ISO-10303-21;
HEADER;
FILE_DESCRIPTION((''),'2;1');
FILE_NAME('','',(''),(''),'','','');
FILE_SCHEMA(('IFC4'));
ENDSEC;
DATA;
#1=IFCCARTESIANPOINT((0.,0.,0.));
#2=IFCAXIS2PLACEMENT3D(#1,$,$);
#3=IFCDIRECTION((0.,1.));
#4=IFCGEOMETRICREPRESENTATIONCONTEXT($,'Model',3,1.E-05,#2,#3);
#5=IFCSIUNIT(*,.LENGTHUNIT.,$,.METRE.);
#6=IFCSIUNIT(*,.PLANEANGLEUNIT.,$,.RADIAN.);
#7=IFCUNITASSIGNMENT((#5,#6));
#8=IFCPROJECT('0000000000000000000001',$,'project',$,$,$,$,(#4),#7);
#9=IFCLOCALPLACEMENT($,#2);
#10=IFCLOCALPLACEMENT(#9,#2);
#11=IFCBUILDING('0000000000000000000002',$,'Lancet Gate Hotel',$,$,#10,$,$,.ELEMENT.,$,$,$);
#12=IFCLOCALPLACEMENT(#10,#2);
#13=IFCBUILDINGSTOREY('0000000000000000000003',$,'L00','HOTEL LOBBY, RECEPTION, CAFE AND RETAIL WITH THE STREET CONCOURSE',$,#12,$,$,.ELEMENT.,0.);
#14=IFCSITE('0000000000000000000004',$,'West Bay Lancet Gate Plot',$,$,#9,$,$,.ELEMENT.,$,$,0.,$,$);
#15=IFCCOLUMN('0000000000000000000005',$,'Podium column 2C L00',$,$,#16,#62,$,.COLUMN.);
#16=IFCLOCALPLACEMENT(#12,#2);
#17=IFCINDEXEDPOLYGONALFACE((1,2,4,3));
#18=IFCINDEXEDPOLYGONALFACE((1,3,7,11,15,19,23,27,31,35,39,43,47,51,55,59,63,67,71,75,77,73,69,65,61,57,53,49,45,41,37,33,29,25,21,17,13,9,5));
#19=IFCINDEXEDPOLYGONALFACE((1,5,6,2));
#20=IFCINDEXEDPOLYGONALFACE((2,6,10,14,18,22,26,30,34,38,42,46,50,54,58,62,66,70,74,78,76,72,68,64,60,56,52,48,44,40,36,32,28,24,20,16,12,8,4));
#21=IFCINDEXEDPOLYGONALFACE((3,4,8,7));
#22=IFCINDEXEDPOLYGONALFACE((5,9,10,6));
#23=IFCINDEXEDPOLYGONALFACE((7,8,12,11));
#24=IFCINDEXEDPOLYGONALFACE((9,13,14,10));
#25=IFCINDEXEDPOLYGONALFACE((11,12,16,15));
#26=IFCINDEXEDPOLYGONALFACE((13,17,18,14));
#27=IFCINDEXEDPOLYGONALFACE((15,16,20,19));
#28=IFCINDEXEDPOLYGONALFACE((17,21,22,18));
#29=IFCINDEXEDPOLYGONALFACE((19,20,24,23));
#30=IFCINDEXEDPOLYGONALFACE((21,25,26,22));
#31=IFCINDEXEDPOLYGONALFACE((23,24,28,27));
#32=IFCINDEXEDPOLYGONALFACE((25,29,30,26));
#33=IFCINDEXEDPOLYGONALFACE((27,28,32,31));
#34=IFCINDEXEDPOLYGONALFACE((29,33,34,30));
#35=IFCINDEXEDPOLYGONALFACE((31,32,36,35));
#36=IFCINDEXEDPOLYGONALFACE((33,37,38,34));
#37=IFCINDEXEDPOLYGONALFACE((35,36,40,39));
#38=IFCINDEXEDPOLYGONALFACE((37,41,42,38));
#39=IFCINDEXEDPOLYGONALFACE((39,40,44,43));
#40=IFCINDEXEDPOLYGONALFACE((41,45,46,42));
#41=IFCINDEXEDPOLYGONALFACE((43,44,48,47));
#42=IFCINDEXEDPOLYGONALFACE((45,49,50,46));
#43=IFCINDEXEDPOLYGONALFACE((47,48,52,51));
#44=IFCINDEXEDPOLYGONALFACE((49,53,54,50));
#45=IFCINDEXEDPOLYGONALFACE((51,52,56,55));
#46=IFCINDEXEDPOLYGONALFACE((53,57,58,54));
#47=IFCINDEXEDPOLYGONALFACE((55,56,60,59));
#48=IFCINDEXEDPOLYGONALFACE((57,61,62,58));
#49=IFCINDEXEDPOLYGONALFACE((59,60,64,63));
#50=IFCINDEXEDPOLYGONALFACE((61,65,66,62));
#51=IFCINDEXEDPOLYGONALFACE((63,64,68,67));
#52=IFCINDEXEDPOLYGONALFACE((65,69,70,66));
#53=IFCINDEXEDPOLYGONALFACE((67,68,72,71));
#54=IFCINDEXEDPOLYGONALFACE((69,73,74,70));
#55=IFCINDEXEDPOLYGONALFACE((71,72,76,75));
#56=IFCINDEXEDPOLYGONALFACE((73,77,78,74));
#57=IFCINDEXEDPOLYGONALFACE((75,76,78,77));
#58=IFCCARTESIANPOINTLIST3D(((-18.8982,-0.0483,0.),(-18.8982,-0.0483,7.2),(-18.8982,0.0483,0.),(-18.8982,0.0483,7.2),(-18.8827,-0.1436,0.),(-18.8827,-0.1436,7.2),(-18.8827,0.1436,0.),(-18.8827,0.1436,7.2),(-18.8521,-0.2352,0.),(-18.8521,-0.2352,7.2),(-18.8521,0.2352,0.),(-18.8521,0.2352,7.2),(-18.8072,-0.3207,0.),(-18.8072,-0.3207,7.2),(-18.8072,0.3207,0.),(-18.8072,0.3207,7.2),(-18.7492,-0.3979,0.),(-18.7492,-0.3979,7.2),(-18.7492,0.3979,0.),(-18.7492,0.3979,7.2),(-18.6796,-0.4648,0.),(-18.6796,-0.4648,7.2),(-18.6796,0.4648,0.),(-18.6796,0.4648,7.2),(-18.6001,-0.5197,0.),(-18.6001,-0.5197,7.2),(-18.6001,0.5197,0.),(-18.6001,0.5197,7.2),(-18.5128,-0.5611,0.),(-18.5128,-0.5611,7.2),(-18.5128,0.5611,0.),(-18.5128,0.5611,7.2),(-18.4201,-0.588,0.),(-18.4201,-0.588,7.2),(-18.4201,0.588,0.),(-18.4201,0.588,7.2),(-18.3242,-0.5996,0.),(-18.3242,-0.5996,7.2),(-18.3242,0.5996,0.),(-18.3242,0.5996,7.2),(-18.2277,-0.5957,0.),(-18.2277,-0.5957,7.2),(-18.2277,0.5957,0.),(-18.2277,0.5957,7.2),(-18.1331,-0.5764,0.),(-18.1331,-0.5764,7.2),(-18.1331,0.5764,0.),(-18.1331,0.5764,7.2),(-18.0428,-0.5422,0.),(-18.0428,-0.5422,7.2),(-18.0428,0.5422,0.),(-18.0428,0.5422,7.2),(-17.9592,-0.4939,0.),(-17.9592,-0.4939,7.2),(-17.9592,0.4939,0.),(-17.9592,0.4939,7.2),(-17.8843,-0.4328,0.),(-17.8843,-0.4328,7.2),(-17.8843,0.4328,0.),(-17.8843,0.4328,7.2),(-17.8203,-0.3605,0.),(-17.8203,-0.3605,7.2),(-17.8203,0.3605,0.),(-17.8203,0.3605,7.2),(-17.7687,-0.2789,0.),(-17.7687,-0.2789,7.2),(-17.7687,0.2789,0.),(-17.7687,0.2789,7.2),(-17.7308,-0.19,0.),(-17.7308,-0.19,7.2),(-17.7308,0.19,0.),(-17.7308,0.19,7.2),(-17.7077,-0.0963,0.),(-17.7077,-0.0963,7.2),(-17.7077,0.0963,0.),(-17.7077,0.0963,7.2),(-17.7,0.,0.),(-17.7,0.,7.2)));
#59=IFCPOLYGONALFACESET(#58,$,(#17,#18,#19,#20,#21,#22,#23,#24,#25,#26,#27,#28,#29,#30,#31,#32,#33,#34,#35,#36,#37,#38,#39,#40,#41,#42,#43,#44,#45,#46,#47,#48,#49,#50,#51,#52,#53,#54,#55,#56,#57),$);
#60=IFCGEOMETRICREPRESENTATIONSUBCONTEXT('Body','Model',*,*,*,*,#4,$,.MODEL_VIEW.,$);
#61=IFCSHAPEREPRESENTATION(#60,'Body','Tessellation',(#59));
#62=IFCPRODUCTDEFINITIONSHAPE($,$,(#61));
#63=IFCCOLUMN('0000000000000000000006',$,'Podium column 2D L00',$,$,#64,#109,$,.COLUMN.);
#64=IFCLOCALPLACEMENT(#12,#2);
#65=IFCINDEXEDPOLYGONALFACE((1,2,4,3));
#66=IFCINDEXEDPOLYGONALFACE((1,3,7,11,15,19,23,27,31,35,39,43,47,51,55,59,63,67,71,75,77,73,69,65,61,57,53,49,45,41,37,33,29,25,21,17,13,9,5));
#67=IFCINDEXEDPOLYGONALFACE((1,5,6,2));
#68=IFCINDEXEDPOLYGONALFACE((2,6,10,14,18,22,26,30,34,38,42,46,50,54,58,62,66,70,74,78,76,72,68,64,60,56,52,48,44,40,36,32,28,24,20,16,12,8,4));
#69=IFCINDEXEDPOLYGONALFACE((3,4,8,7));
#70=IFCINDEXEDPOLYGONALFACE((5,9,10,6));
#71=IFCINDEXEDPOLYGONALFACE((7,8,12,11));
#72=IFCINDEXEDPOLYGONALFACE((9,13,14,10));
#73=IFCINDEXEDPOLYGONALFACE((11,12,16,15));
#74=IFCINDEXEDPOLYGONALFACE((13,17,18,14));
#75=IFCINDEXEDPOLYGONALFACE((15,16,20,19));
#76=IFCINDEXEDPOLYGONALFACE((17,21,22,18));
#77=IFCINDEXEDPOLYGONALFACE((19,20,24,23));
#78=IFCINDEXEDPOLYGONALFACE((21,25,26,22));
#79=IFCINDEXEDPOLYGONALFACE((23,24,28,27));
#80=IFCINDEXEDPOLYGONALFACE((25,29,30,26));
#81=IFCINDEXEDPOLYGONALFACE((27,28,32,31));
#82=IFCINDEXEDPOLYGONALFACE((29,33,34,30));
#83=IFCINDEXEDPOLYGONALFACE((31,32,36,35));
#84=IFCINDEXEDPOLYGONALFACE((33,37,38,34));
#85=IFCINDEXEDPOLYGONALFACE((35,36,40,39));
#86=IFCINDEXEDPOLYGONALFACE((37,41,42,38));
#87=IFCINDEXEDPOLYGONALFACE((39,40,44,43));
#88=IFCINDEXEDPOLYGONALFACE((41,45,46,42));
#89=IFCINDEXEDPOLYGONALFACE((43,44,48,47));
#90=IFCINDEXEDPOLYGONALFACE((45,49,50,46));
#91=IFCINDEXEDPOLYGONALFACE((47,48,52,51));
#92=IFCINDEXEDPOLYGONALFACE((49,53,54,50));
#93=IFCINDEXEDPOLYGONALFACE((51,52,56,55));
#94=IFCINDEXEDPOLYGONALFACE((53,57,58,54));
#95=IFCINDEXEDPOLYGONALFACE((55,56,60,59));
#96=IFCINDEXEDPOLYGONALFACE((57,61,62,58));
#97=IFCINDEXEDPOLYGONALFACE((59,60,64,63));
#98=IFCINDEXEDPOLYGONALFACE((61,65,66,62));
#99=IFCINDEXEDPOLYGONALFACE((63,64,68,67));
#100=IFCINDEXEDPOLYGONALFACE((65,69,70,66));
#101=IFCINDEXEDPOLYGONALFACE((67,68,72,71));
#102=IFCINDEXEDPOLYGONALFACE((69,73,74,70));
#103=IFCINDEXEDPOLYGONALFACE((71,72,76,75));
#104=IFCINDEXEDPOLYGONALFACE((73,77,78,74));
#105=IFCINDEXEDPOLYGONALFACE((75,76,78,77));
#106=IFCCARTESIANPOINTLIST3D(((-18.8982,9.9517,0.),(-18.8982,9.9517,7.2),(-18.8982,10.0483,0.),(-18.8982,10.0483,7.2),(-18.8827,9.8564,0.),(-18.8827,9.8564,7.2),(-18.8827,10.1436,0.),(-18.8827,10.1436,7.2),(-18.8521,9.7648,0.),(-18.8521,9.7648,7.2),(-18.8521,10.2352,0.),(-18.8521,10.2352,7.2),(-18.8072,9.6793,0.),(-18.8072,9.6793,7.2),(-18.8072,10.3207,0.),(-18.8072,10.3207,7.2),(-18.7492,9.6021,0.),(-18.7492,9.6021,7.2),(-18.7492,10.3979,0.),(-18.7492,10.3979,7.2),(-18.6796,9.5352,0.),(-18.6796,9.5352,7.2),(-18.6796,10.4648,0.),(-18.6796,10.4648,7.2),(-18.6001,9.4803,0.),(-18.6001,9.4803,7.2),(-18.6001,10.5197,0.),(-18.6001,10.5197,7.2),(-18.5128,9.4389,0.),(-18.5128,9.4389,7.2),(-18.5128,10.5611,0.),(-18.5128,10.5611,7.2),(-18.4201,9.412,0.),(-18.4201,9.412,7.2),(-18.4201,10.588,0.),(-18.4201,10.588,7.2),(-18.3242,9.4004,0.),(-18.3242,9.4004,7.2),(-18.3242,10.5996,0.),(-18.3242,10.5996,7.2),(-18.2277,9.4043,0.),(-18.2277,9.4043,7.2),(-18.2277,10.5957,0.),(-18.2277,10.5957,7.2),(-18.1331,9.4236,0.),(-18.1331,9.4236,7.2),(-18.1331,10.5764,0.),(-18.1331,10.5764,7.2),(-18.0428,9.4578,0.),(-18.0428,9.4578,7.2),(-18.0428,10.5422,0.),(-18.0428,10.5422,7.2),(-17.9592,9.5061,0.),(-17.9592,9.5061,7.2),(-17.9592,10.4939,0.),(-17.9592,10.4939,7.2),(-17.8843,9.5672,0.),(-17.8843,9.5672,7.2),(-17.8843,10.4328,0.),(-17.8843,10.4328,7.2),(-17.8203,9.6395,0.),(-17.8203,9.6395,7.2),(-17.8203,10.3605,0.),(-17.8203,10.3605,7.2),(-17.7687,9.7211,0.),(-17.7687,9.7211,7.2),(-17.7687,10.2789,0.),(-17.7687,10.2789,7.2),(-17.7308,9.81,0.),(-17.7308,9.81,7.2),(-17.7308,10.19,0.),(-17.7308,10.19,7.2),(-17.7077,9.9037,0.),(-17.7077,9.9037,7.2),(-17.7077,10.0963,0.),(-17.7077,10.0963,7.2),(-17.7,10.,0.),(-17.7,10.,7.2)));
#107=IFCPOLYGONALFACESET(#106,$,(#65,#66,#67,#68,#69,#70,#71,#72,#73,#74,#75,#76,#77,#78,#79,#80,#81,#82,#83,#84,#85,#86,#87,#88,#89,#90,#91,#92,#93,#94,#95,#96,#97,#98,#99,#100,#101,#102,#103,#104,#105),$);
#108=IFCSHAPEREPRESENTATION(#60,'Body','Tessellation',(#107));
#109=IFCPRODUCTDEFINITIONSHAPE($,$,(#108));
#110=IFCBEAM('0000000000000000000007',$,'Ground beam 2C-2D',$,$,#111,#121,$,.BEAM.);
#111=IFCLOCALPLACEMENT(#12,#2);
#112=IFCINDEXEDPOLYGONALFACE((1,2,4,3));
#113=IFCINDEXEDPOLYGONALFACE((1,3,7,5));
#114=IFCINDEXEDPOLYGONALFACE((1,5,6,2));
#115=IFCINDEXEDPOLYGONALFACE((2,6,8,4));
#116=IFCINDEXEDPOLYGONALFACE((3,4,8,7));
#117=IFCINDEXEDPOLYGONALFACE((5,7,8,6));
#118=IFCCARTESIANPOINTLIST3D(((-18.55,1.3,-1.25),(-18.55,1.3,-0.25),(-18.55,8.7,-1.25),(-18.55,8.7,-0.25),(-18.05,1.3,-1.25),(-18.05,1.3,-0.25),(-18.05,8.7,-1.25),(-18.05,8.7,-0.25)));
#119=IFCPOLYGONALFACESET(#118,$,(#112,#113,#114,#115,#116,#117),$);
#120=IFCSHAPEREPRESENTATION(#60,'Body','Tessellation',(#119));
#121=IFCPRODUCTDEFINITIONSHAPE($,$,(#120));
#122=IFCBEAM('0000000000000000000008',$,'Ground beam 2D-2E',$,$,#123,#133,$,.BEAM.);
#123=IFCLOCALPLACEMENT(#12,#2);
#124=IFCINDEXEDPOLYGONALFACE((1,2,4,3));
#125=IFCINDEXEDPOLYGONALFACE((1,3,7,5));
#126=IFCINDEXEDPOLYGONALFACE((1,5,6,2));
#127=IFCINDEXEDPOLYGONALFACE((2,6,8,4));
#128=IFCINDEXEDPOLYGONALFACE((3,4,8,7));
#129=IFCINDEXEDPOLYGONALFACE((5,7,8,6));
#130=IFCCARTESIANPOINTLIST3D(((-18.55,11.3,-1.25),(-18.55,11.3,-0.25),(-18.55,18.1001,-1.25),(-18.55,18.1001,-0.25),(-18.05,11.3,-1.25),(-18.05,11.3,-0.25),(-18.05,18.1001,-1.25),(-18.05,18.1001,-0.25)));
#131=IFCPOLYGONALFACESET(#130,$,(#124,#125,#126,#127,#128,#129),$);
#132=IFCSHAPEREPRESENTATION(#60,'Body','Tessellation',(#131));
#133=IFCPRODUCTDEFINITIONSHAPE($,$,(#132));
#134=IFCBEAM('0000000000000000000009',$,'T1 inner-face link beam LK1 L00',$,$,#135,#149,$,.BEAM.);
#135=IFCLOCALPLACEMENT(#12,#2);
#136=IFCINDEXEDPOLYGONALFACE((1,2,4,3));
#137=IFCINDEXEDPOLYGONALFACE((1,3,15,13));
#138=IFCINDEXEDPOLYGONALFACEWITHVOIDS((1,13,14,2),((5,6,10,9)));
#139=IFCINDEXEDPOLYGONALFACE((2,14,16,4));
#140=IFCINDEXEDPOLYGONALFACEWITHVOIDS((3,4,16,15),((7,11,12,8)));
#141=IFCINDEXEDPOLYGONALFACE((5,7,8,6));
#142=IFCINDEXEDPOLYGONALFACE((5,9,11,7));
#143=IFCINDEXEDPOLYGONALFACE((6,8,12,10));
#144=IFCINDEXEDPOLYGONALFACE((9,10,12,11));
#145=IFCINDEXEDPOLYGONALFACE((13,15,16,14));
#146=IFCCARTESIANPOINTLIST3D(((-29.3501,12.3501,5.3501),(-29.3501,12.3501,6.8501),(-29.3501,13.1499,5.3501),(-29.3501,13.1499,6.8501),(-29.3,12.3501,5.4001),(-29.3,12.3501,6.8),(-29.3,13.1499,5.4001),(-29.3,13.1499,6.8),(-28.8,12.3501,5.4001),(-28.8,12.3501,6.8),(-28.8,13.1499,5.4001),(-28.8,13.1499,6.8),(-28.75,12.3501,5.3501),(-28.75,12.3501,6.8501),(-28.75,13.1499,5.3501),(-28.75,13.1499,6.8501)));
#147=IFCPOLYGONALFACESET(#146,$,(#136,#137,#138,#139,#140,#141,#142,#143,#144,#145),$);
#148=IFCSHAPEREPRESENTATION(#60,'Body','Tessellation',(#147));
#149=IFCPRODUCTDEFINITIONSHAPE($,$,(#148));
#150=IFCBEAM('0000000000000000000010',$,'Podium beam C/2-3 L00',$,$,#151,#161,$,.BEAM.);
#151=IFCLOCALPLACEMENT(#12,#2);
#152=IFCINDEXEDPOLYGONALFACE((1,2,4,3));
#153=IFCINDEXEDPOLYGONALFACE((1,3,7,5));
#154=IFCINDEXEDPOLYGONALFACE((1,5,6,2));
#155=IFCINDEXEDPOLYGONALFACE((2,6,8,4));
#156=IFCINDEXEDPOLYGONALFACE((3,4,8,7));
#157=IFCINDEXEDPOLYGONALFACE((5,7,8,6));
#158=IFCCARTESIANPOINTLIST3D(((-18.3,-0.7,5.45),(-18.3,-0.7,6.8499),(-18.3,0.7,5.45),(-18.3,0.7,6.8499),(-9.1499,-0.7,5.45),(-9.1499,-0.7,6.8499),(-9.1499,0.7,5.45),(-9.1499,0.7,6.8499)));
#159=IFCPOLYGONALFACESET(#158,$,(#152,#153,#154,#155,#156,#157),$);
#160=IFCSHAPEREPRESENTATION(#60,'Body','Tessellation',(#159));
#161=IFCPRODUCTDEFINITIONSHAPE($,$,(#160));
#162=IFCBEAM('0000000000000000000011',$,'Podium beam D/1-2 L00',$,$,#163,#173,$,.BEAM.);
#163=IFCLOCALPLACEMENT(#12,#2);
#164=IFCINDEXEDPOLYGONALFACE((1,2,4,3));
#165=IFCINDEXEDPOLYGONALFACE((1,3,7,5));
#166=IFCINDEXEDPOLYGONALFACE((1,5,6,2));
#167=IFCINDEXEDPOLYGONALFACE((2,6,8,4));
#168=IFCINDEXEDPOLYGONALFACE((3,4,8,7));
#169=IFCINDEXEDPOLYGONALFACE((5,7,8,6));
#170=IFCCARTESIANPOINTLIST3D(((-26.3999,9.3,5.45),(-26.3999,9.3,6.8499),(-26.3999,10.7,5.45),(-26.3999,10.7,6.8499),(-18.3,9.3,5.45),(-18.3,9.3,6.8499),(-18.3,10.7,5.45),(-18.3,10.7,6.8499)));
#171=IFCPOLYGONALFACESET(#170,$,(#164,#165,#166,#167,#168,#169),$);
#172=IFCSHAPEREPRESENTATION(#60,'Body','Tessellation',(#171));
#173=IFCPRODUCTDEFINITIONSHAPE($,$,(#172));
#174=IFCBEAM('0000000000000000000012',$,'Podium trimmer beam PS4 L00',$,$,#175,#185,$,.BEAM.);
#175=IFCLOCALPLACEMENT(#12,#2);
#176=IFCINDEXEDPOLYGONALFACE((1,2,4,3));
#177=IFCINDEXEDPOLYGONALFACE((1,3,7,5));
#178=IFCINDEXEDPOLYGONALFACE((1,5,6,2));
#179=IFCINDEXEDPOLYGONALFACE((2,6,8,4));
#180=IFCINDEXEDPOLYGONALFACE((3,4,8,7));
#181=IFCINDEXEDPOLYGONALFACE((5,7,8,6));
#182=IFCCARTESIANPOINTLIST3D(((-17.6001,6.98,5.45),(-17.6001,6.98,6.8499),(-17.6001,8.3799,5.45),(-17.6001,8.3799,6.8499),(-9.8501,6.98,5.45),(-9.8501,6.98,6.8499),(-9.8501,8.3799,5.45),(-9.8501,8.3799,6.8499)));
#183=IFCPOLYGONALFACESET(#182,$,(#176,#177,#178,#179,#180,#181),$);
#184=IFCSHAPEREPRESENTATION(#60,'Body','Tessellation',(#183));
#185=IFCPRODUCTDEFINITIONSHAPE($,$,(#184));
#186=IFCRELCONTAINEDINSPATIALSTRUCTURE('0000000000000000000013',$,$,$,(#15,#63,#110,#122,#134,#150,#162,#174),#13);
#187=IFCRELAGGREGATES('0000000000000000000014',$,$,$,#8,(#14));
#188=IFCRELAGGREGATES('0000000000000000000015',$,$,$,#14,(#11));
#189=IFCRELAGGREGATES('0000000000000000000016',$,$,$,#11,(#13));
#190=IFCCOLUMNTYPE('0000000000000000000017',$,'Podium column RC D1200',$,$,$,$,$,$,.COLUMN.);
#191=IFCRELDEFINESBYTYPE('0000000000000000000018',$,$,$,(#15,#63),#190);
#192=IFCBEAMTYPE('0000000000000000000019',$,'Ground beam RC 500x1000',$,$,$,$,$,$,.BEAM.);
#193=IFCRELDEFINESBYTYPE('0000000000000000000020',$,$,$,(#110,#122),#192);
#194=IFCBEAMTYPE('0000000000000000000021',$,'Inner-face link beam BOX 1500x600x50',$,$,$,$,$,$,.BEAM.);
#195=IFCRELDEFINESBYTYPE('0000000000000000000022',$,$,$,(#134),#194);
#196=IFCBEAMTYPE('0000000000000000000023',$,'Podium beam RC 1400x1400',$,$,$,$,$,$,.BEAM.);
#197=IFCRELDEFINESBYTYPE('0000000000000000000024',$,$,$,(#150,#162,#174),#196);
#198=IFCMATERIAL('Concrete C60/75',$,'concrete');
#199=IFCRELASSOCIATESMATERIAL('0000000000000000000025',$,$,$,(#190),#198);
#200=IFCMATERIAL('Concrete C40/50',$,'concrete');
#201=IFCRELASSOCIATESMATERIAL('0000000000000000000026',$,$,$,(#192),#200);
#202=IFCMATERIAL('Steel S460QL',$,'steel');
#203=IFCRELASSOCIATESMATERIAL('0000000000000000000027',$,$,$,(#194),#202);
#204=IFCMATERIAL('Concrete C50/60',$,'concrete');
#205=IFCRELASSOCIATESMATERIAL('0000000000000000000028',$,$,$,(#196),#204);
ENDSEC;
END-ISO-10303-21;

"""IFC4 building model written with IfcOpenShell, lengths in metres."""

from ifc_helpers import new_model, si_unit, direction, frame, origin, origin_2d, place, context, subcontext, project, spatial, rectangle, hollow_rectangle, circle, extrude, material, material_profile, profile_set, type_object, element, save


model = new_model("IFC4")

# Units and contexts
model_context = context("Model", 3, precision=1e-05, world=origin(), true_north=direction((0.0, 1.0)))
body_context = subcontext(model_context, "Body", "Model", "MODEL_VIEW")
ifc_project = project(units=[si_unit("LENGTHUNIT", "METRE"), si_unit("PLANEANGLEUNIT", "RADIAN")], contexts=[model_context])

# Site, building, storey
site_placement = place(None, origin())
site = spatial("IfcSite", under=ifc_project, at=site_placement, Name="West Bay Lancet Gate Plot", CompositionType="ELEMENT", RefElevation=0.0)
building_placement = place(site_placement, origin())
building = spatial("IfcBuilding", under=site, at=building_placement, Name="Lancet Gate Hotel", CompositionType="ELEMENT")
storey_placement = place(building_placement, origin())
storey = spatial("IfcBuildingStorey", under=building, at=storey_placement, Name="L00", Description="HOTEL LOBBY, RECEPTION, CAFE AND RETAIL WITH THE STREET CONCOURSE", CompositionType="ELEMENT", Elevation=0.0)

# Columns
ifc_material_1 = material(Name="Concrete C60/75", Category="concrete")
ifc_material_profile_1 = material_profile(ifc_material_1, circle(Radius=0.6001, at=origin_2d()), Name="RC D1200")
ifc_profile_set_1 = profile_set([ifc_material_profile_1], Name="Concrete C60/75")
column_type_1 = type_object("IfcColumnType", Name="Podium column RC D1200", PredefinedType="COLUMN", material=ifc_profile_set_1)
for number, where, z_axis, x_axis, name in (
    (1, (-18.3, 0.0, 0.0), (0.0, 0.0, 1.0), (1.0, 0.0, 0.0), "Podium column 2C L00"),
    (2, (-18.3, 10.0, 0.0), (0.0, 0.0, 1.0), (1.0, 0.0, 0.0), "Podium column 2D L00"),
):
    element("IfcColumn", number, at=place(storey_placement, frame(where, z_axis=z_axis, x_axis=x_axis)), inside=storey, type_object=column_type_1, Name=name, PredefinedType="COLUMN", context=body_context, shape_type="SweptSolid", body=[
        extrude(circle(Radius=0.6001, at=origin_2d()), origin(), (0.0, 0.0, 1.0), 7.2),
    ])

# Beams
ifc_material_2 = material(Name="Concrete C40/50", Category="concrete")
ifc_material_profile_2 = material_profile(ifc_material_2, rectangle(XDim=0.5, YDim=1.0, at=origin_2d()), Name="RC 500x1000")
ifc_profile_set_2 = profile_set([ifc_material_profile_2], Name="Concrete C40/50")
beam_type_1 = type_object("IfcBeamType", Name="Ground beam RC 500x1000", PredefinedType="BEAM", material=ifc_profile_set_2)
beam_1_placement = place(storey_placement, frame((-18.3, 1.3, -0.75), z_axis=(0.0, 1.0, 0.0), x_axis=(-1.0, 0.0, 0.0)))
element("IfcBeam", 3, at=beam_1_placement, inside=storey, type_object=beam_type_1, Name="Ground beam 2C-2D", PredefinedType="BEAM", context=body_context, shape_type="SweptSolid", body=[
    extrude(rectangle(XDim=0.5, YDim=1.0, at=origin_2d()), origin(), (0.0, 0.0, 1.0), 7.3999),
])
beam_2_placement = place(storey_placement, frame((-18.3, 11.3, -0.75), z_axis=(0.0, 1.0, 0.0), x_axis=(-1.0, 0.0, 0.0)))
element("IfcBeam", 4, at=beam_2_placement, inside=storey, type_object=beam_type_1, Name="Ground beam 2D-2E", PredefinedType="BEAM", context=body_context, shape_type="SweptSolid", body=[
    extrude(rectangle(XDim=0.5, YDim=1.0, at=origin_2d()), origin(), (0.0, 0.0, 1.0), 6.8),
])
ifc_material_3 = material(Name="Steel S460QL", Category="steel")
ifc_material_profile_3 = material_profile(ifc_material_3, hollow_rectangle(XDim=0.6001, YDim=1.5, WallThickness=0.05, at=origin_2d()), Name="BOX 1500x600x50")
ifc_profile_set_3 = profile_set([ifc_material_profile_3], Name="Steel S460QL")
beam_type_2 = type_object("IfcBeamType", Name="Inner-face link beam BOX 1500x600x50", PredefinedType="BEAM", material=ifc_profile_set_3)
beam_3_placement = place(storey_placement, frame((-29.05, 13.1499, 6.1001), z_axis=(0.0, -1.0, 0.0), x_axis=(1.0, 0.0, 0.0)))
element("IfcBeam", 5, at=beam_3_placement, inside=storey, type_object=beam_type_2, Name="T1 inner-face link beam LK1 L00", PredefinedType="BEAM", context=body_context, shape_type="SweptSolid", body=[
    extrude(hollow_rectangle(XDim=0.6001, YDim=1.5, WallThickness=0.05, at=origin_2d()), origin(), (0.0, 0.0, 1.0), 0.7998),
])
ifc_material_4 = material(Name="Concrete C50/60", Category="concrete")
ifc_material_profile_4 = material_profile(ifc_material_4, rectangle(XDim=1.3999, YDim=1.3999, at=origin_2d()), Name="RC 1400x1400")
ifc_profile_set_4 = profile_set([ifc_material_profile_4], Name="Concrete C50/60")
beam_type_3 = type_object("IfcBeamType", Name="Podium beam RC 1400x1400", PredefinedType="BEAM", material=ifc_profile_set_4)
beam_4_placement = place(storey_placement, frame((-18.3, 0.0, 6.1499), z_axis=(1.0, 0.0, 0.0), x_axis=(0.0, 1.0, 0.0)))
element("IfcBeam", 6, at=beam_4_placement, inside=storey, type_object=beam_type_3, Name="Podium beam C/2-3 L00", PredefinedType="BEAM", context=body_context, shape_type="SweptSolid", body=[
    extrude(rectangle(XDim=1.3999, YDim=1.3999, at=origin_2d()), origin(), (0.0, 0.0, 1.0), 9.1501),
])
beam_5_placement = place(storey_placement, frame((-26.3999, 10.0, 6.1499), z_axis=(1.0, 0.0, 0.0), x_axis=(0.0, 1.0, 0.0)))
element("IfcBeam", 7, at=beam_5_placement, inside=storey, type_object=beam_type_3, Name="Podium beam D/1-2 L00", PredefinedType="BEAM", context=body_context, shape_type="SweptSolid", body=[
    extrude(rectangle(XDim=1.3999, YDim=1.3999, at=origin_2d()), origin(), (0.0, 0.0, 1.0), 8.0999),
])
beam_6_placement = place(storey_placement, frame((-17.6001, 7.6799, 6.1499), z_axis=(1.0, 0.0, 0.0), x_axis=(0.0, 1.0, 0.0)))
element("IfcBeam", 8, at=beam_6_placement, inside=storey, type_object=beam_type_3, Name="Podium trimmer beam PS4 L00", PredefinedType="BEAM", context=body_context, shape_type="SweptSolid", body=[
    extrude(rectangle(XDim=1.3999, YDim=1.3999, at=origin_2d()), origin(), (0.0, 0.0, 1.0), 7.75),
])

save(model, "model.ifc")
